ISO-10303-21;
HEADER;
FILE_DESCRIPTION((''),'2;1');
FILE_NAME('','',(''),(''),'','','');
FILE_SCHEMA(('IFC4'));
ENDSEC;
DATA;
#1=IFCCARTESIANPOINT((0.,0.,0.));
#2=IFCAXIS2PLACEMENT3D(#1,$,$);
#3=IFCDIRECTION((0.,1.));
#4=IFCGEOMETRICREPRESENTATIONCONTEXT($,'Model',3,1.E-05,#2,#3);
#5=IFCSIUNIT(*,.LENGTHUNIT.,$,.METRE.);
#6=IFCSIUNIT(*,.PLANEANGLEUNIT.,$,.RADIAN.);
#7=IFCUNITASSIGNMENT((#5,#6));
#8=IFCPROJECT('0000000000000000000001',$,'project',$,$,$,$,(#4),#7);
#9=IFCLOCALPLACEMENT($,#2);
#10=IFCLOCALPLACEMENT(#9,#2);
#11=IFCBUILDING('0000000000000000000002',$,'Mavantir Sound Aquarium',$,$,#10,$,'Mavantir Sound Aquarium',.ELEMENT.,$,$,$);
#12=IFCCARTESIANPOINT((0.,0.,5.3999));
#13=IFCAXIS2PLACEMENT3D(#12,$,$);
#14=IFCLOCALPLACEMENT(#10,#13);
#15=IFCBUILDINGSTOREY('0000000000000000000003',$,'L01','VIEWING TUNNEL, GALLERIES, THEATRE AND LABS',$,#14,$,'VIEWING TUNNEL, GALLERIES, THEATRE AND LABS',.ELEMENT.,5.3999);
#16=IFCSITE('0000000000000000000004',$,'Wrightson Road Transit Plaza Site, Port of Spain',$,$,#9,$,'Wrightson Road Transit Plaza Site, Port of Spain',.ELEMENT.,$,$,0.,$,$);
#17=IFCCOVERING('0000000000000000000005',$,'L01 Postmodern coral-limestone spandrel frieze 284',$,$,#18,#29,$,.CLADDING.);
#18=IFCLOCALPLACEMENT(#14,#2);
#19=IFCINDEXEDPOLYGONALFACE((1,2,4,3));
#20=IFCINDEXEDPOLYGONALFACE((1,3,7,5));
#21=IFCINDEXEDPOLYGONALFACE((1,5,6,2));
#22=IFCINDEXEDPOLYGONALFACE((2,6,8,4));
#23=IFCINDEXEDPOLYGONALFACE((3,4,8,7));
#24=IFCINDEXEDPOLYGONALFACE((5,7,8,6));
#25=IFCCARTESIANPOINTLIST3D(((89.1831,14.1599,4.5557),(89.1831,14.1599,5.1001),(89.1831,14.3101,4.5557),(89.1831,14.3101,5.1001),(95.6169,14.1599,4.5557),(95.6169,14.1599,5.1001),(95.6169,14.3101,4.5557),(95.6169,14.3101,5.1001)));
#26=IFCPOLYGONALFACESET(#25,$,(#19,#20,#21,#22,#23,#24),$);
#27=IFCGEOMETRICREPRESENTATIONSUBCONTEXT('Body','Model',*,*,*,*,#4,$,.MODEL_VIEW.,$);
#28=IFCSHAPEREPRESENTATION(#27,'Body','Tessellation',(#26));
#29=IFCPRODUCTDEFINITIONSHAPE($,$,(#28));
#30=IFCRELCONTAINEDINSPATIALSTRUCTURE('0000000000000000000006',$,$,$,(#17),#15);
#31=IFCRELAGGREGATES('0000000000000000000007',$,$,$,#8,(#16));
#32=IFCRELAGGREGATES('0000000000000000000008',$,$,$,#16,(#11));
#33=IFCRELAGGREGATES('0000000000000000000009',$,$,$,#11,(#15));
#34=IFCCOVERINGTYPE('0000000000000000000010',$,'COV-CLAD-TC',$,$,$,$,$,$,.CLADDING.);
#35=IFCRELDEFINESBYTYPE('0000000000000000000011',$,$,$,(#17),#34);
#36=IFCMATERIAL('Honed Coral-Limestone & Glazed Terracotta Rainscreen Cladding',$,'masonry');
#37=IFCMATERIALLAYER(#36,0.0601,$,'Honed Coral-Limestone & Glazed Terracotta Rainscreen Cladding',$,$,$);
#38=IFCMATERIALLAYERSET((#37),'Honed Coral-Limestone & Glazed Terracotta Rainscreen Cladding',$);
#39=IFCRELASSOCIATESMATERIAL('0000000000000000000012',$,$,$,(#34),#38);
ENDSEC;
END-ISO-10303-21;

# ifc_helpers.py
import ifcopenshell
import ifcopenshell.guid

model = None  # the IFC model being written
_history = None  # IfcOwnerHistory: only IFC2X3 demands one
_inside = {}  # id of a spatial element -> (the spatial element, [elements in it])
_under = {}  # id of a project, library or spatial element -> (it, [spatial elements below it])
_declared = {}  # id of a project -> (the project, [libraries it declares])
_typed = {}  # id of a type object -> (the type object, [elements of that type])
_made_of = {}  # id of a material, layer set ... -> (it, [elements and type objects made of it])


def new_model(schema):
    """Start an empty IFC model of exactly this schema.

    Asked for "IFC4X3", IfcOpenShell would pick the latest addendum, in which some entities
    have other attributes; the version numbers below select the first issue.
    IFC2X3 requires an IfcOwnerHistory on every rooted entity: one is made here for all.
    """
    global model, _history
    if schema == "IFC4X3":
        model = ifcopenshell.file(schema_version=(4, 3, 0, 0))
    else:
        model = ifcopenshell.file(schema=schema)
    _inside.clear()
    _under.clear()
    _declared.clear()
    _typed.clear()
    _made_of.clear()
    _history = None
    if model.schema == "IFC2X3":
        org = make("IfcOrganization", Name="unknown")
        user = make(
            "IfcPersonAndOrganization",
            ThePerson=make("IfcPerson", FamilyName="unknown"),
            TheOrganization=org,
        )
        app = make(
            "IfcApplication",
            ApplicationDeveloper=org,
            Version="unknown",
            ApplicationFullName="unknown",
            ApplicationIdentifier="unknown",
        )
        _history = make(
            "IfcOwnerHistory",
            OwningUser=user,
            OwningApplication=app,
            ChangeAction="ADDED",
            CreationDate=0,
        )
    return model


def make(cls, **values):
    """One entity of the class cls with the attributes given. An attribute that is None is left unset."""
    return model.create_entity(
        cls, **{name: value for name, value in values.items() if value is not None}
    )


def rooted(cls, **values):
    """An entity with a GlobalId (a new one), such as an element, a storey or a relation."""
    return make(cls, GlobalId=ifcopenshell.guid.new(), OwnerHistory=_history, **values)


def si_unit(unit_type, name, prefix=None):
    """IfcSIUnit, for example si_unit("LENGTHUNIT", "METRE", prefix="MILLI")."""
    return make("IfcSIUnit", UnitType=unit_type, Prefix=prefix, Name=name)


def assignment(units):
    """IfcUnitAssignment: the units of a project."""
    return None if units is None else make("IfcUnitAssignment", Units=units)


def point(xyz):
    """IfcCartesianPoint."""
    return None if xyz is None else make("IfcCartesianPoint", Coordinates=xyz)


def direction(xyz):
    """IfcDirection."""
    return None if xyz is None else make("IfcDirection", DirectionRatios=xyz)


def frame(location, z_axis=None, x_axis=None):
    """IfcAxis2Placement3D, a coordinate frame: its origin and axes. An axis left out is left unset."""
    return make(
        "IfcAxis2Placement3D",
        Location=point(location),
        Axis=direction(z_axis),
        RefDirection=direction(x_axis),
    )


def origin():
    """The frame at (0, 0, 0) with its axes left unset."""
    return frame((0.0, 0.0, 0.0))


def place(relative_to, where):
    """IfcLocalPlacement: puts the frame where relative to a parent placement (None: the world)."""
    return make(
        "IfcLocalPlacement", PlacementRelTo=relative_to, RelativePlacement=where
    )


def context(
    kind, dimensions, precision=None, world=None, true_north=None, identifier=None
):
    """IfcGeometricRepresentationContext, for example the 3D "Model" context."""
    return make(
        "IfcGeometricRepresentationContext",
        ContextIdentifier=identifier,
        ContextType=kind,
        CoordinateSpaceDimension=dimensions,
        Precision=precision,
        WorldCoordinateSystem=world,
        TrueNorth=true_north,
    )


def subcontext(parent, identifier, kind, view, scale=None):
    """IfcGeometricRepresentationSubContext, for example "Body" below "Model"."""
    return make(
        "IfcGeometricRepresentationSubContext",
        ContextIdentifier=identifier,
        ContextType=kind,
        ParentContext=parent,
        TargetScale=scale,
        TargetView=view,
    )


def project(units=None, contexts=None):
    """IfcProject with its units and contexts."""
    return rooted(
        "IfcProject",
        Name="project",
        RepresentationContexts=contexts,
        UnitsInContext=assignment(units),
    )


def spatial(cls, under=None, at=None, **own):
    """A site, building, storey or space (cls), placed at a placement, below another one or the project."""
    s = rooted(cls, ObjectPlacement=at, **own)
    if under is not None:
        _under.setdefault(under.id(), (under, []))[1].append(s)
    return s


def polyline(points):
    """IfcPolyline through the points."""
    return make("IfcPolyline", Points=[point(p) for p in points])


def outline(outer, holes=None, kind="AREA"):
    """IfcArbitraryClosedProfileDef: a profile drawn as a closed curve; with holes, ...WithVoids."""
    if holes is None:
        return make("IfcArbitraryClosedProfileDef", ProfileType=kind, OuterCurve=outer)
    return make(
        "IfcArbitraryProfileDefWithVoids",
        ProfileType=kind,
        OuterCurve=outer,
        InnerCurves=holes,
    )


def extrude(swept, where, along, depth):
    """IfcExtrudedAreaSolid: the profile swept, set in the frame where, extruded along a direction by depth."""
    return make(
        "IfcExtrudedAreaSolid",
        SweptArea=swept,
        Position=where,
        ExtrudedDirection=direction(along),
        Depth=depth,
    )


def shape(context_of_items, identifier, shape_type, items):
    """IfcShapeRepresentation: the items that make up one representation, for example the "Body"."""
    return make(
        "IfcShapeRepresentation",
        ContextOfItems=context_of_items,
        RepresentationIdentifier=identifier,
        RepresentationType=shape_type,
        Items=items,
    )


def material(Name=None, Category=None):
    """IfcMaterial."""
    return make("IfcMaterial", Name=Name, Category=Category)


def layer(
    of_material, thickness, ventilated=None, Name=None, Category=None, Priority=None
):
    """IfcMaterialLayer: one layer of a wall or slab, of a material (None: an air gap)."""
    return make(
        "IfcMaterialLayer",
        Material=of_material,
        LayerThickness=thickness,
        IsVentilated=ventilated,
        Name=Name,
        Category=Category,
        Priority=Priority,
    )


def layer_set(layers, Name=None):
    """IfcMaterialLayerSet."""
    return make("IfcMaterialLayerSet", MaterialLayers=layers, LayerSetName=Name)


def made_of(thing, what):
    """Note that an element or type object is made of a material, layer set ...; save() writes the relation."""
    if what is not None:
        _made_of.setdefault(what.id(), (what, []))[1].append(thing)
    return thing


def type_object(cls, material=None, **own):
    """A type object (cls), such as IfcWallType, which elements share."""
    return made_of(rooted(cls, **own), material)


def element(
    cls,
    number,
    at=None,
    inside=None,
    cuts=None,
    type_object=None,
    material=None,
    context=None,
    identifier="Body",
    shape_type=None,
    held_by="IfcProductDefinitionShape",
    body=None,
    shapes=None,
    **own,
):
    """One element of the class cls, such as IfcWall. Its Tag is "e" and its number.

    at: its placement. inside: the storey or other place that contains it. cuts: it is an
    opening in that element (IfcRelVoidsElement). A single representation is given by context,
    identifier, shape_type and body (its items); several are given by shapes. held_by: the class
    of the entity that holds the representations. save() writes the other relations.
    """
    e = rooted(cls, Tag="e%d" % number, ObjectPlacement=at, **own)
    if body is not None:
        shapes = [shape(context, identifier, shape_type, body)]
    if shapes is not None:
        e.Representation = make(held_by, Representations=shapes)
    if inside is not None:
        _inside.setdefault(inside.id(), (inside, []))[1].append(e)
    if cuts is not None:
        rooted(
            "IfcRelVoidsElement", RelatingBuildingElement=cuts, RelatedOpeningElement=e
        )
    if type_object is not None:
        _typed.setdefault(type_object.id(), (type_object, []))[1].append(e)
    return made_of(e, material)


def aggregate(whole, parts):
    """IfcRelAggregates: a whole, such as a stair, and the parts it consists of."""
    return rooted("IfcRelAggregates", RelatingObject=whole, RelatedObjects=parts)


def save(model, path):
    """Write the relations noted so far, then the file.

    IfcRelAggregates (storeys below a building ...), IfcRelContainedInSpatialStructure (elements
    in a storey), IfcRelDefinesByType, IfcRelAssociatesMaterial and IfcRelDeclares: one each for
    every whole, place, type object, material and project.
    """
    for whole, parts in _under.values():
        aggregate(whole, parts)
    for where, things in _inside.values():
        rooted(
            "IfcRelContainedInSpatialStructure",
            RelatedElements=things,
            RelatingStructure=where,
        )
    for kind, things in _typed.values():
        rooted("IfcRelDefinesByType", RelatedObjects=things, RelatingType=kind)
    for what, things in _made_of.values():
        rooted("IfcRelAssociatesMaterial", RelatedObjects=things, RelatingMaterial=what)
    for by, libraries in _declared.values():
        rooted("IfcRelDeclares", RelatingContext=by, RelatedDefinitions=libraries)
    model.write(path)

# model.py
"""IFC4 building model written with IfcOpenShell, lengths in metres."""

from ifc_helpers import new_model, si_unit, direction, frame, origin, place, context, subcontext, project, spatial, polyline, outline, extrude, material, layer, layer_set, type_object, element, save


model = new_model("IFC4")

# Units and contexts
model_context = context("Model", 3, precision=1e-05, world=origin(), true_north=direction((0.0, 1.0)))
body_context = subcontext(model_context, "Body", "Model", "MODEL_VIEW")
ifc_project = project(units=[si_unit("LENGTHUNIT", "METRE"), si_unit("PLANEANGLEUNIT", "RADIAN")], contexts=[model_context])

# Site, building, storey
site_placement = place(None, origin())
site = spatial("IfcSite", under=ifc_project, at=site_placement, Name="Wrightson Road Transit Plaza Site, Port of Spain", LongName="Wrightson Road Transit Plaza Site, Port of Spain", CompositionType="ELEMENT", RefElevation=0.0)
building_placement = place(site_placement, origin())
building = spatial("IfcBuilding", under=site, at=building_placement, Name="Mavantir Sound Aquarium", LongName="Mavantir Sound Aquarium", CompositionType="ELEMENT")
storey_placement = place(building_placement, frame((0.0, 0.0, 5.3999)))
storey = spatial("IfcBuildingStorey", under=building, at=storey_placement, Name="L01", Description="VIEWING TUNNEL, GALLERIES, THEATRE AND LABS", LongName="VIEWING TUNNEL, GALLERIES, THEATRE AND LABS", CompositionType="ELEMENT", Elevation=5.3999)

# Covering
ifc_material = material(Name="Honed Coral-Limestone & Glazed Terracotta Rainscreen Cladding", Category="masonry")
ifc_layer = layer(ifc_material, 0.0601, Name="Honed Coral-Limestone & Glazed Terracotta Rainscreen Cladding")
ifc_layer_set = layer_set([ifc_layer], Name="Honed Coral-Limestone & Glazed Terracotta Rainscreen Cladding")
covering_type = type_object("IfcCoveringType", Name="COV-CLAD-TC", PredefinedType="CLADDING", material=ifc_layer_set)
covering_1_placement = place(storey_placement, frame((0.0, 0.0, 4.5557)))
element("IfcCovering", 1, at=covering_1_placement, inside=storey, type_object=covering_type, Name="L01 Postmodern coral-limestone spandrel frieze 284", PredefinedType="CLADDING", context=body_context, shape_type="SweptSolid", body=[
    extrude(outline(polyline([(89.1831, 14.3101), (95.6169, 14.3101), (95.6169, 14.1599), (89.1831, 14.1599), (89.1831, 14.3101)])), origin(), (0.0, 0.0, 1.0), 0.5444),
])

save(model, "model.ifc")
